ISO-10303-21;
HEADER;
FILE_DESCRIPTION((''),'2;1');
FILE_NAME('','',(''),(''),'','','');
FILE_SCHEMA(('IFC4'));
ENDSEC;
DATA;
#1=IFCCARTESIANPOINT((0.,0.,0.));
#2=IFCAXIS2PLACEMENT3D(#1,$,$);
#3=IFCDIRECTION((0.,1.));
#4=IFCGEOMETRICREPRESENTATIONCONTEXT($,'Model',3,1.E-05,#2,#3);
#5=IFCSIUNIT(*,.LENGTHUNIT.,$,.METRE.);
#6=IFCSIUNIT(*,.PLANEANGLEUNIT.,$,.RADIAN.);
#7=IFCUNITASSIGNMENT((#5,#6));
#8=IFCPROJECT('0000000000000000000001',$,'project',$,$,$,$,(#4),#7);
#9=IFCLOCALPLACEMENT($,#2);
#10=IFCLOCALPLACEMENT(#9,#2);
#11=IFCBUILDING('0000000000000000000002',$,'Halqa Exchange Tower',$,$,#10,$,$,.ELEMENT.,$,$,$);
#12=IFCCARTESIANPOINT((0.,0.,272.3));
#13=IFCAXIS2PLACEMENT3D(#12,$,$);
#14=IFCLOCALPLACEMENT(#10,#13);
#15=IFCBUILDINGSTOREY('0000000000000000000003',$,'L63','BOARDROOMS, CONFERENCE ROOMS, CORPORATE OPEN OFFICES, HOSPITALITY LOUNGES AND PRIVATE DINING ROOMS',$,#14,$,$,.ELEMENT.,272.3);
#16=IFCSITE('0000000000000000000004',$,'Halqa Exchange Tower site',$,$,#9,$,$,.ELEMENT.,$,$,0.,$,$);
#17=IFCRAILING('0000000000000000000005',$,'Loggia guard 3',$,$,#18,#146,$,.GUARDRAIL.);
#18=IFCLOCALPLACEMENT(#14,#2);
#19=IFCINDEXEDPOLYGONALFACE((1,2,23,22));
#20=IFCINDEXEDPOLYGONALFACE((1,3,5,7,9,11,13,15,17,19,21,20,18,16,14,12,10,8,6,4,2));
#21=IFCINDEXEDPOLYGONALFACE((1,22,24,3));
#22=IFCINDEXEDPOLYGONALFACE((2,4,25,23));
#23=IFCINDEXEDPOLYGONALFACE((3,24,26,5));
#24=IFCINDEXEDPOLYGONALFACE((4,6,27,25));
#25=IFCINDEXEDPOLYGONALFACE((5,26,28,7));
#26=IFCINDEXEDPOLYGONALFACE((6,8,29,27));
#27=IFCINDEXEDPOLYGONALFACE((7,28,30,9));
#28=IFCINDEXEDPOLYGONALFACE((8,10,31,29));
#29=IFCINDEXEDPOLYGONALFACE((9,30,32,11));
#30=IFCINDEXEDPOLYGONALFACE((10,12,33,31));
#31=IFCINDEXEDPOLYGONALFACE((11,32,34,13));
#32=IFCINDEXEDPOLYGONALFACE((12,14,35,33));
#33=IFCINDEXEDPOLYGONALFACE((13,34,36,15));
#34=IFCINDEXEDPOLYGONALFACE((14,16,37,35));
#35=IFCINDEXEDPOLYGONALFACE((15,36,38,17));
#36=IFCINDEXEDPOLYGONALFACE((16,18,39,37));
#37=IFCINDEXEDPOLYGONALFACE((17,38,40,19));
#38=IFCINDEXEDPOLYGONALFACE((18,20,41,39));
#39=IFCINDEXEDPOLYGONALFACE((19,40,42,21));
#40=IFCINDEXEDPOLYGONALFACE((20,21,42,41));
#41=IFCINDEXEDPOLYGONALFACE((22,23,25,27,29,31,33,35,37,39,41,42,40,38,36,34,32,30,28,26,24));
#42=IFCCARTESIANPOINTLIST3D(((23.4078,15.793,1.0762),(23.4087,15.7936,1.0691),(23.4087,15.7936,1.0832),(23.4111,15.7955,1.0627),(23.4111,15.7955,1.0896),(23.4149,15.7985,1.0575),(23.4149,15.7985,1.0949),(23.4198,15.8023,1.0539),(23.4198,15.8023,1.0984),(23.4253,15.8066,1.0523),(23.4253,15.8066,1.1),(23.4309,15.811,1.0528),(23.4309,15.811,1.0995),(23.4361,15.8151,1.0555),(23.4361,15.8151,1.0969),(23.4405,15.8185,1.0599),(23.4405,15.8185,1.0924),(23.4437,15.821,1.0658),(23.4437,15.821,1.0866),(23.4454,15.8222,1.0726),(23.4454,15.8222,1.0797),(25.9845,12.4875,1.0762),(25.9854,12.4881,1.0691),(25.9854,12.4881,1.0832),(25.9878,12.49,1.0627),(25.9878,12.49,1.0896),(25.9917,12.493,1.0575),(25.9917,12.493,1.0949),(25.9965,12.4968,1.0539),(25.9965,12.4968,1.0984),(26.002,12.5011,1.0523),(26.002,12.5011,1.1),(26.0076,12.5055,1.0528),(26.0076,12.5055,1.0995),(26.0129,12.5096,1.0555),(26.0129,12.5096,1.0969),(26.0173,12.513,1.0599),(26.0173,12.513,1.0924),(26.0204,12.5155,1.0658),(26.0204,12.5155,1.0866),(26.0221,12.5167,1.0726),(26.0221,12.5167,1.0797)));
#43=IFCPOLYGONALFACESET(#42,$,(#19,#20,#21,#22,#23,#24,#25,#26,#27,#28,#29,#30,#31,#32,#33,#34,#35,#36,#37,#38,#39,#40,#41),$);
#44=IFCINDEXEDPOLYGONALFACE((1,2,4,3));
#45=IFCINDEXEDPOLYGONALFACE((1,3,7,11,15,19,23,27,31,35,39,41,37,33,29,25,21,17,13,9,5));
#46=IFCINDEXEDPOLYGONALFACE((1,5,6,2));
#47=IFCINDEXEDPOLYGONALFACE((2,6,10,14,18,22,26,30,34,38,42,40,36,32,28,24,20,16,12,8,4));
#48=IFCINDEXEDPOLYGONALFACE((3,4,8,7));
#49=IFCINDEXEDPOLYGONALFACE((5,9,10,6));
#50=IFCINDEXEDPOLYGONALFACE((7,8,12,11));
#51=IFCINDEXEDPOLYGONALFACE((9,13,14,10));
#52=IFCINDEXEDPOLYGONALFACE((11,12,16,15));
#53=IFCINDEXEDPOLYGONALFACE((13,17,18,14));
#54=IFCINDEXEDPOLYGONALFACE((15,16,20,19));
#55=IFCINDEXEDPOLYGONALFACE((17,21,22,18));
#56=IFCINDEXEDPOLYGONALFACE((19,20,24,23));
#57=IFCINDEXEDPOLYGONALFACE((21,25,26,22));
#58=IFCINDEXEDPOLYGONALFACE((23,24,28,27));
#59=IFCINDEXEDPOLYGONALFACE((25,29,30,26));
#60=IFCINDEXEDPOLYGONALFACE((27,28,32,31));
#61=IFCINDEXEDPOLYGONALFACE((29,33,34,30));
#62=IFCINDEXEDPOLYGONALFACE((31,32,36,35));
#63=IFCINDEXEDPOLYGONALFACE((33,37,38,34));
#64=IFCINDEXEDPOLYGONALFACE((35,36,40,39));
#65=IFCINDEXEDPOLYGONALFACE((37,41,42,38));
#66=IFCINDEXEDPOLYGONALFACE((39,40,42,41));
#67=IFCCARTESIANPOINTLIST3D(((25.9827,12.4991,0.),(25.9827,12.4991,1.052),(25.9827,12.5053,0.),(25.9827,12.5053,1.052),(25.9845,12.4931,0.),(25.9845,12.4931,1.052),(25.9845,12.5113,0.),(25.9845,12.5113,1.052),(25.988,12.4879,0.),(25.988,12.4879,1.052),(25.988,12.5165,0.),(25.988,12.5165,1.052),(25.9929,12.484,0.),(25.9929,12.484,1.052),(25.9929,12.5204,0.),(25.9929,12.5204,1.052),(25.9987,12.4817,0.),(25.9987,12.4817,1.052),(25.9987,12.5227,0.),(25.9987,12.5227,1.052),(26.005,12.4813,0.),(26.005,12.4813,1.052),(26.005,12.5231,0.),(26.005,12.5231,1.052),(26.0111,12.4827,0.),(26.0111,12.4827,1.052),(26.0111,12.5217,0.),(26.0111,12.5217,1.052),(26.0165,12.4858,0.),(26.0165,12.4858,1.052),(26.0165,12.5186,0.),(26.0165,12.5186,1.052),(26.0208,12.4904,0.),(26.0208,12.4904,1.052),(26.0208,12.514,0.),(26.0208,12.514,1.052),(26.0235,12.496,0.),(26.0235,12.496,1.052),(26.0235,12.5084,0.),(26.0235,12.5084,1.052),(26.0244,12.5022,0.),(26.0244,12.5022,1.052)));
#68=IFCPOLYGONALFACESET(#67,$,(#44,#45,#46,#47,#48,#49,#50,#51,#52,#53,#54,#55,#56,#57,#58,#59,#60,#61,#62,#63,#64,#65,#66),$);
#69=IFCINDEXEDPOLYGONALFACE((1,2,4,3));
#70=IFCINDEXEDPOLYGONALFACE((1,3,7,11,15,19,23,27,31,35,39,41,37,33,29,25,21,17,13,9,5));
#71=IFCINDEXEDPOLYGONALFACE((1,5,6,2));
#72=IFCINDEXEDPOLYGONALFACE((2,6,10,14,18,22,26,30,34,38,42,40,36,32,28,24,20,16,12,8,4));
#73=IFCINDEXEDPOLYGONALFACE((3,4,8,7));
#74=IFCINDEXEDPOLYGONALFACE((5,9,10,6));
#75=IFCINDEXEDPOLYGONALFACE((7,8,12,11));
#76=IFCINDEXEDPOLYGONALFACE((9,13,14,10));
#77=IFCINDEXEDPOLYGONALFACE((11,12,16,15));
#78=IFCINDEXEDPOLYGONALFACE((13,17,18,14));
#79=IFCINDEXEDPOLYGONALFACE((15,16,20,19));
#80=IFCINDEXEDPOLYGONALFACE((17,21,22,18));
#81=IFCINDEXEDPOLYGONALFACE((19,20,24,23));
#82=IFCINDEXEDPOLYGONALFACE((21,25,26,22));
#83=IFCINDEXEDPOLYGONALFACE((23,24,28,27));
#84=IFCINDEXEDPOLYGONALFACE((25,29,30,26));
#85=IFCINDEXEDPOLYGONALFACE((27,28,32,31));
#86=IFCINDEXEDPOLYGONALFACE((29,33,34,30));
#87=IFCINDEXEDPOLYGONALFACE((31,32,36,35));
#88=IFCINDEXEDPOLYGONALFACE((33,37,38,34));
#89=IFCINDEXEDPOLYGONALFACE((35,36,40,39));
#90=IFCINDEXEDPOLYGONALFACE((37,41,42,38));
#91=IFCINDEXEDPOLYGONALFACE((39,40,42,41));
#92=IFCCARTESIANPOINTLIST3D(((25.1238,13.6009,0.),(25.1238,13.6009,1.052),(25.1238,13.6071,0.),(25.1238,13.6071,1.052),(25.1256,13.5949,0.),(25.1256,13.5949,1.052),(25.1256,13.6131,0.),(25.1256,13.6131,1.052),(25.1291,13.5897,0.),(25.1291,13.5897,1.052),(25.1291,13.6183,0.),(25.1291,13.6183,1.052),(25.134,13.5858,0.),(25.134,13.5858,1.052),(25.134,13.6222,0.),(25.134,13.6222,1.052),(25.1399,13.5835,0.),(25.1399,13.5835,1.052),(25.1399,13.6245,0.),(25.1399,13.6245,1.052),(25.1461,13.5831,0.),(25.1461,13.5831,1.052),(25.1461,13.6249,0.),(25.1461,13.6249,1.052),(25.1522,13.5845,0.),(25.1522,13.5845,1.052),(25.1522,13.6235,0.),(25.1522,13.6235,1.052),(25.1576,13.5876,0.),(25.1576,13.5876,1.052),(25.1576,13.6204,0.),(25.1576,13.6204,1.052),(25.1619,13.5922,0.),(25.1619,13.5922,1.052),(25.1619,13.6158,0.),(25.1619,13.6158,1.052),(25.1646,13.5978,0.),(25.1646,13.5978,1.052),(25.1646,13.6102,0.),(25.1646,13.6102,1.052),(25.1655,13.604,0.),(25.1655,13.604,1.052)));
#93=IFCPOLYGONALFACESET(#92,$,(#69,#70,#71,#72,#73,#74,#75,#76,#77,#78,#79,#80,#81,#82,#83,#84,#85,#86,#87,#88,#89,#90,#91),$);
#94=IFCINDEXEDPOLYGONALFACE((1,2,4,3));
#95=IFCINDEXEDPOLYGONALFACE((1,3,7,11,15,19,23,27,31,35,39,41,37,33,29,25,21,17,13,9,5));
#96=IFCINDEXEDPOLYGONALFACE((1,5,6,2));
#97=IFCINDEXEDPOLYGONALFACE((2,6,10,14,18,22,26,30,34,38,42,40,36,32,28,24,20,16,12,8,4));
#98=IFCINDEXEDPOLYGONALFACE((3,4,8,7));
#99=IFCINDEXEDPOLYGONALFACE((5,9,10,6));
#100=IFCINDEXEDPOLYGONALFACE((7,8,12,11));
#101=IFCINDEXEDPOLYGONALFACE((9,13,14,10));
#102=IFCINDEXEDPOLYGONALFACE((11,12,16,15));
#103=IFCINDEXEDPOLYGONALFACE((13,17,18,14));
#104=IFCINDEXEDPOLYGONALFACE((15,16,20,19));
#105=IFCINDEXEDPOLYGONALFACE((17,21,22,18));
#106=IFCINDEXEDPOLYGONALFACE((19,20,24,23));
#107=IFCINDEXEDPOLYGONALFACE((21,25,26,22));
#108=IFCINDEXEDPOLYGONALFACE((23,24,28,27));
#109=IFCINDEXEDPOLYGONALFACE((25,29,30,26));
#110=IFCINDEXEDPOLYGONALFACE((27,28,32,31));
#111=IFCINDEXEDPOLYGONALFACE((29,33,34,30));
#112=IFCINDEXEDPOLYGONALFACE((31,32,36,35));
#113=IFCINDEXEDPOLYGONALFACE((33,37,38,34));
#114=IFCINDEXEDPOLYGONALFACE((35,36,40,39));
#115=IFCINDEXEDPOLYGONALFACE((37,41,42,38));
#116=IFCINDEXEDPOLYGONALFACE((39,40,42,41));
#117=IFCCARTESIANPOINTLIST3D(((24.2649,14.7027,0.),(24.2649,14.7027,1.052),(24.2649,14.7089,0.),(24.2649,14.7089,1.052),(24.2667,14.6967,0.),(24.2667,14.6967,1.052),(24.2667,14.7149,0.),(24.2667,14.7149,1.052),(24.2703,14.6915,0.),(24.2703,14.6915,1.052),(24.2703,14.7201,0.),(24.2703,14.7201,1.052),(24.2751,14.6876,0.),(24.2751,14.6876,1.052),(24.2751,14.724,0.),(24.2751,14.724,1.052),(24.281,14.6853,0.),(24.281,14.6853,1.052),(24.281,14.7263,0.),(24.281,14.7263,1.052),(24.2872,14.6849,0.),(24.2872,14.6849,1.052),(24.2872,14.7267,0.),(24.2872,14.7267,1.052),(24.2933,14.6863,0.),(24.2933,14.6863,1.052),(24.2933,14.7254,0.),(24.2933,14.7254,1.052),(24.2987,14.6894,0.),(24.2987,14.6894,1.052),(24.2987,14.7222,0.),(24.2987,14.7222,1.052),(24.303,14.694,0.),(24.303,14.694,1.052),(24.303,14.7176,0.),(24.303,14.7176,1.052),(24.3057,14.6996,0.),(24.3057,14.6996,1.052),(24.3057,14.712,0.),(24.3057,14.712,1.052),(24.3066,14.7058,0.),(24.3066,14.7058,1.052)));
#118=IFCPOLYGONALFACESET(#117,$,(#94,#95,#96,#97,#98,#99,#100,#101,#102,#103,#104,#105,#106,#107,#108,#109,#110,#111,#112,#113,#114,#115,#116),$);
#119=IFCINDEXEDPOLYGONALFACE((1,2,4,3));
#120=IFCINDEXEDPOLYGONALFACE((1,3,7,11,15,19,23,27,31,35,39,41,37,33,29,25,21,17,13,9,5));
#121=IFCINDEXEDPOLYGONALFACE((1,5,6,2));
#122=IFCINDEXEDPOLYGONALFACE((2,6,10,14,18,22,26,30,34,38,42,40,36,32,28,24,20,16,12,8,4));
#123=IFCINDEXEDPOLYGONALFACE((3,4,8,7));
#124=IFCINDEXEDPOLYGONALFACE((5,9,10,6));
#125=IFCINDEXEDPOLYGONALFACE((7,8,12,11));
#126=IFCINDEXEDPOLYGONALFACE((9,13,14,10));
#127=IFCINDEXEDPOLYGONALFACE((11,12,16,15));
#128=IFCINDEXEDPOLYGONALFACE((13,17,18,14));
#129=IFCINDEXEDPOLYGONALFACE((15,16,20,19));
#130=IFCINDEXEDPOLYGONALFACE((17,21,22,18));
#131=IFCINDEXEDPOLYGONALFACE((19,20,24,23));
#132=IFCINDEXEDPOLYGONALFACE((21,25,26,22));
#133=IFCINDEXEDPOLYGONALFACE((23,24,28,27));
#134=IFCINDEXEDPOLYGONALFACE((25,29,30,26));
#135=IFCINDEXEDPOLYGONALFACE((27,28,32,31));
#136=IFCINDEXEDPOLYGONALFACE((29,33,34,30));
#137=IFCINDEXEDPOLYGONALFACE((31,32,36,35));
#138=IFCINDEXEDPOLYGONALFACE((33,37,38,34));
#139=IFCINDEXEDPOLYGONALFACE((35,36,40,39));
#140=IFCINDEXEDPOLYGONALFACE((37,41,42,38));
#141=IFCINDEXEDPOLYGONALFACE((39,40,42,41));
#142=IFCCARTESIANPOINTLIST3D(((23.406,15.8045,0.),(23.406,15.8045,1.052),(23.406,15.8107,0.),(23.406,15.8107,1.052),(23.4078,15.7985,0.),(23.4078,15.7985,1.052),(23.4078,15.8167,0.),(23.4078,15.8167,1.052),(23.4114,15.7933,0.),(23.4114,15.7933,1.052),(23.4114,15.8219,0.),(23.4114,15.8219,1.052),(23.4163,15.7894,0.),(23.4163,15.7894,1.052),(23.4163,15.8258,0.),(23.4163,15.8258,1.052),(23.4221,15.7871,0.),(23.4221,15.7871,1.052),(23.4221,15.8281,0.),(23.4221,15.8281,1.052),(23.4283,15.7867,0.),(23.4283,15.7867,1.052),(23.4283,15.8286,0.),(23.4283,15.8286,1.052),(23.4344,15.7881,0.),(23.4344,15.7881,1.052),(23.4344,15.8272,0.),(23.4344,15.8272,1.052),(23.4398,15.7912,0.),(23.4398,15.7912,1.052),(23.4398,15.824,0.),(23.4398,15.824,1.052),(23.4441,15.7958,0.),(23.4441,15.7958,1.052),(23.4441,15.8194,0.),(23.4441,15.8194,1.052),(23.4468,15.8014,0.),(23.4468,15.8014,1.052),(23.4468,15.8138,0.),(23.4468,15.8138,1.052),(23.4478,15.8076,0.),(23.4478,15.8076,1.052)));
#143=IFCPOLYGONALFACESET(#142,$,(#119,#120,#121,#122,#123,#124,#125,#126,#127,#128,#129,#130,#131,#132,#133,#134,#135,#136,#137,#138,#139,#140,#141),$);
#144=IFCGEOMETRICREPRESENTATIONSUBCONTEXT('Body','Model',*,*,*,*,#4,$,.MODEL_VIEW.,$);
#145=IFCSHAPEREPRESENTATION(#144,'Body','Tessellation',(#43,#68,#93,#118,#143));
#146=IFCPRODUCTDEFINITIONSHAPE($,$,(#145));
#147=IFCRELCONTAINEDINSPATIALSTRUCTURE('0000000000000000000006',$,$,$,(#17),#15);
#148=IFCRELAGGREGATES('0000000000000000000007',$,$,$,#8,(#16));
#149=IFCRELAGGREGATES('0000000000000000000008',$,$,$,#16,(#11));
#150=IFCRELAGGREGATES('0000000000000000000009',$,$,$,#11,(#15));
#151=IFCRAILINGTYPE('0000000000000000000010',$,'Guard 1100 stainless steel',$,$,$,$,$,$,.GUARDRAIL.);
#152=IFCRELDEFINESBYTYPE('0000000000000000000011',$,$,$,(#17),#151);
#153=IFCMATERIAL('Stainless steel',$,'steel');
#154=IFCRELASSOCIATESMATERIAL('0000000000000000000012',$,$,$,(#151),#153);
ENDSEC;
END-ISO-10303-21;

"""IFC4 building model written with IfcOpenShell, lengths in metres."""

from ifc_helpers import new_model, si_unit, direction, frame, origin, origin_2d, place, context, subcontext, project, spatial, circle, extrude, material, type_object, element, save


model = new_model("IFC4")

# Units and contexts
model_context = context("Model", 3, precision=1e-05, world=origin(), true_north=direction((0.0, 1.0)))
body_context = subcontext(model_context, "Body", "Model", "MODEL_VIEW")
ifc_project = project(units=[si_unit("LENGTHUNIT", "METRE"), si_unit("PLANEANGLEUNIT", "RADIAN")], contexts=[model_context])

# Site, building, storey
site_placement = place(None, origin())
site = spatial("IfcSite", under=ifc_project, at=site_placement, Name="Halqa Exchange Tower site", CompositionType="ELEMENT", RefElevation=0.0)
building_placement = place(site_placement, origin())
building = spatial("IfcBuilding", under=site, at=building_placement, Name="Halqa Exchange Tower", CompositionType="ELEMENT")
storey_placement = place(building_placement, frame((0.0, 0.0, 272.3)))
storey = spatial("IfcBuildingStorey", under=building, at=storey_placement, Name="L63", Description="BOARDROOMS, CONFERENCE ROOMS, CORPORATE OPEN OFFICES, HOSPITALITY LOUNGES AND PRIVATE DINING ROOMS", CompositionType="ELEMENT", Elevation=272.3)

# Railing
ifc_material_1 = material(Name="Stainless steel", Category="steel")
railing_type = type_object("IfcRailingType", Name="Guard 1100 stainless steel", PredefinedType="GUARDRAIL", material=ifc_material_1)
railing_1_placement = place(storey_placement, frame((26.0034, 12.5022, 0.0)))
element("IfcRailing", 1, at=railing_1_placement, inside=storey, type_object=railing_type, Name="Loggia guard 3", PredefinedType="GUARDRAIL", context=body_context, shape_type="SweptSolid", body=[
    extrude(circle(Radius=0.0239, at=origin_2d()), frame((0.0, 0.0, 1.0762), z_axis=(-0.614799, 0.788684, 0.0), x_axis=(-0.788684, -0.614799, 0.0)), (0.0, 0.0, 1.0), 4.1912),
    extrude(circle(Radius=0.021, at=origin_2d()), origin(), (0.0, 0.0, 1.0), 1.052),
    extrude(circle(Radius=0.021, at=origin_2d()), frame((-0.8589, 1.1018, 0.0)), (0.0, 0.0, 1.0), 1.052),
    extrude(circle(Radius=0.021, at=origin_2d()), frame((-1.7178, 2.2036, 0.0)), (0.0, 0.0, 1.0), 1.052),
    extrude(circle(Radius=0.021, at=origin_2d()), frame((-2.5767, 3.3054, 0.0)), (0.0, 0.0, 1.0), 1.052),
])

save(model, "model.ifc")
